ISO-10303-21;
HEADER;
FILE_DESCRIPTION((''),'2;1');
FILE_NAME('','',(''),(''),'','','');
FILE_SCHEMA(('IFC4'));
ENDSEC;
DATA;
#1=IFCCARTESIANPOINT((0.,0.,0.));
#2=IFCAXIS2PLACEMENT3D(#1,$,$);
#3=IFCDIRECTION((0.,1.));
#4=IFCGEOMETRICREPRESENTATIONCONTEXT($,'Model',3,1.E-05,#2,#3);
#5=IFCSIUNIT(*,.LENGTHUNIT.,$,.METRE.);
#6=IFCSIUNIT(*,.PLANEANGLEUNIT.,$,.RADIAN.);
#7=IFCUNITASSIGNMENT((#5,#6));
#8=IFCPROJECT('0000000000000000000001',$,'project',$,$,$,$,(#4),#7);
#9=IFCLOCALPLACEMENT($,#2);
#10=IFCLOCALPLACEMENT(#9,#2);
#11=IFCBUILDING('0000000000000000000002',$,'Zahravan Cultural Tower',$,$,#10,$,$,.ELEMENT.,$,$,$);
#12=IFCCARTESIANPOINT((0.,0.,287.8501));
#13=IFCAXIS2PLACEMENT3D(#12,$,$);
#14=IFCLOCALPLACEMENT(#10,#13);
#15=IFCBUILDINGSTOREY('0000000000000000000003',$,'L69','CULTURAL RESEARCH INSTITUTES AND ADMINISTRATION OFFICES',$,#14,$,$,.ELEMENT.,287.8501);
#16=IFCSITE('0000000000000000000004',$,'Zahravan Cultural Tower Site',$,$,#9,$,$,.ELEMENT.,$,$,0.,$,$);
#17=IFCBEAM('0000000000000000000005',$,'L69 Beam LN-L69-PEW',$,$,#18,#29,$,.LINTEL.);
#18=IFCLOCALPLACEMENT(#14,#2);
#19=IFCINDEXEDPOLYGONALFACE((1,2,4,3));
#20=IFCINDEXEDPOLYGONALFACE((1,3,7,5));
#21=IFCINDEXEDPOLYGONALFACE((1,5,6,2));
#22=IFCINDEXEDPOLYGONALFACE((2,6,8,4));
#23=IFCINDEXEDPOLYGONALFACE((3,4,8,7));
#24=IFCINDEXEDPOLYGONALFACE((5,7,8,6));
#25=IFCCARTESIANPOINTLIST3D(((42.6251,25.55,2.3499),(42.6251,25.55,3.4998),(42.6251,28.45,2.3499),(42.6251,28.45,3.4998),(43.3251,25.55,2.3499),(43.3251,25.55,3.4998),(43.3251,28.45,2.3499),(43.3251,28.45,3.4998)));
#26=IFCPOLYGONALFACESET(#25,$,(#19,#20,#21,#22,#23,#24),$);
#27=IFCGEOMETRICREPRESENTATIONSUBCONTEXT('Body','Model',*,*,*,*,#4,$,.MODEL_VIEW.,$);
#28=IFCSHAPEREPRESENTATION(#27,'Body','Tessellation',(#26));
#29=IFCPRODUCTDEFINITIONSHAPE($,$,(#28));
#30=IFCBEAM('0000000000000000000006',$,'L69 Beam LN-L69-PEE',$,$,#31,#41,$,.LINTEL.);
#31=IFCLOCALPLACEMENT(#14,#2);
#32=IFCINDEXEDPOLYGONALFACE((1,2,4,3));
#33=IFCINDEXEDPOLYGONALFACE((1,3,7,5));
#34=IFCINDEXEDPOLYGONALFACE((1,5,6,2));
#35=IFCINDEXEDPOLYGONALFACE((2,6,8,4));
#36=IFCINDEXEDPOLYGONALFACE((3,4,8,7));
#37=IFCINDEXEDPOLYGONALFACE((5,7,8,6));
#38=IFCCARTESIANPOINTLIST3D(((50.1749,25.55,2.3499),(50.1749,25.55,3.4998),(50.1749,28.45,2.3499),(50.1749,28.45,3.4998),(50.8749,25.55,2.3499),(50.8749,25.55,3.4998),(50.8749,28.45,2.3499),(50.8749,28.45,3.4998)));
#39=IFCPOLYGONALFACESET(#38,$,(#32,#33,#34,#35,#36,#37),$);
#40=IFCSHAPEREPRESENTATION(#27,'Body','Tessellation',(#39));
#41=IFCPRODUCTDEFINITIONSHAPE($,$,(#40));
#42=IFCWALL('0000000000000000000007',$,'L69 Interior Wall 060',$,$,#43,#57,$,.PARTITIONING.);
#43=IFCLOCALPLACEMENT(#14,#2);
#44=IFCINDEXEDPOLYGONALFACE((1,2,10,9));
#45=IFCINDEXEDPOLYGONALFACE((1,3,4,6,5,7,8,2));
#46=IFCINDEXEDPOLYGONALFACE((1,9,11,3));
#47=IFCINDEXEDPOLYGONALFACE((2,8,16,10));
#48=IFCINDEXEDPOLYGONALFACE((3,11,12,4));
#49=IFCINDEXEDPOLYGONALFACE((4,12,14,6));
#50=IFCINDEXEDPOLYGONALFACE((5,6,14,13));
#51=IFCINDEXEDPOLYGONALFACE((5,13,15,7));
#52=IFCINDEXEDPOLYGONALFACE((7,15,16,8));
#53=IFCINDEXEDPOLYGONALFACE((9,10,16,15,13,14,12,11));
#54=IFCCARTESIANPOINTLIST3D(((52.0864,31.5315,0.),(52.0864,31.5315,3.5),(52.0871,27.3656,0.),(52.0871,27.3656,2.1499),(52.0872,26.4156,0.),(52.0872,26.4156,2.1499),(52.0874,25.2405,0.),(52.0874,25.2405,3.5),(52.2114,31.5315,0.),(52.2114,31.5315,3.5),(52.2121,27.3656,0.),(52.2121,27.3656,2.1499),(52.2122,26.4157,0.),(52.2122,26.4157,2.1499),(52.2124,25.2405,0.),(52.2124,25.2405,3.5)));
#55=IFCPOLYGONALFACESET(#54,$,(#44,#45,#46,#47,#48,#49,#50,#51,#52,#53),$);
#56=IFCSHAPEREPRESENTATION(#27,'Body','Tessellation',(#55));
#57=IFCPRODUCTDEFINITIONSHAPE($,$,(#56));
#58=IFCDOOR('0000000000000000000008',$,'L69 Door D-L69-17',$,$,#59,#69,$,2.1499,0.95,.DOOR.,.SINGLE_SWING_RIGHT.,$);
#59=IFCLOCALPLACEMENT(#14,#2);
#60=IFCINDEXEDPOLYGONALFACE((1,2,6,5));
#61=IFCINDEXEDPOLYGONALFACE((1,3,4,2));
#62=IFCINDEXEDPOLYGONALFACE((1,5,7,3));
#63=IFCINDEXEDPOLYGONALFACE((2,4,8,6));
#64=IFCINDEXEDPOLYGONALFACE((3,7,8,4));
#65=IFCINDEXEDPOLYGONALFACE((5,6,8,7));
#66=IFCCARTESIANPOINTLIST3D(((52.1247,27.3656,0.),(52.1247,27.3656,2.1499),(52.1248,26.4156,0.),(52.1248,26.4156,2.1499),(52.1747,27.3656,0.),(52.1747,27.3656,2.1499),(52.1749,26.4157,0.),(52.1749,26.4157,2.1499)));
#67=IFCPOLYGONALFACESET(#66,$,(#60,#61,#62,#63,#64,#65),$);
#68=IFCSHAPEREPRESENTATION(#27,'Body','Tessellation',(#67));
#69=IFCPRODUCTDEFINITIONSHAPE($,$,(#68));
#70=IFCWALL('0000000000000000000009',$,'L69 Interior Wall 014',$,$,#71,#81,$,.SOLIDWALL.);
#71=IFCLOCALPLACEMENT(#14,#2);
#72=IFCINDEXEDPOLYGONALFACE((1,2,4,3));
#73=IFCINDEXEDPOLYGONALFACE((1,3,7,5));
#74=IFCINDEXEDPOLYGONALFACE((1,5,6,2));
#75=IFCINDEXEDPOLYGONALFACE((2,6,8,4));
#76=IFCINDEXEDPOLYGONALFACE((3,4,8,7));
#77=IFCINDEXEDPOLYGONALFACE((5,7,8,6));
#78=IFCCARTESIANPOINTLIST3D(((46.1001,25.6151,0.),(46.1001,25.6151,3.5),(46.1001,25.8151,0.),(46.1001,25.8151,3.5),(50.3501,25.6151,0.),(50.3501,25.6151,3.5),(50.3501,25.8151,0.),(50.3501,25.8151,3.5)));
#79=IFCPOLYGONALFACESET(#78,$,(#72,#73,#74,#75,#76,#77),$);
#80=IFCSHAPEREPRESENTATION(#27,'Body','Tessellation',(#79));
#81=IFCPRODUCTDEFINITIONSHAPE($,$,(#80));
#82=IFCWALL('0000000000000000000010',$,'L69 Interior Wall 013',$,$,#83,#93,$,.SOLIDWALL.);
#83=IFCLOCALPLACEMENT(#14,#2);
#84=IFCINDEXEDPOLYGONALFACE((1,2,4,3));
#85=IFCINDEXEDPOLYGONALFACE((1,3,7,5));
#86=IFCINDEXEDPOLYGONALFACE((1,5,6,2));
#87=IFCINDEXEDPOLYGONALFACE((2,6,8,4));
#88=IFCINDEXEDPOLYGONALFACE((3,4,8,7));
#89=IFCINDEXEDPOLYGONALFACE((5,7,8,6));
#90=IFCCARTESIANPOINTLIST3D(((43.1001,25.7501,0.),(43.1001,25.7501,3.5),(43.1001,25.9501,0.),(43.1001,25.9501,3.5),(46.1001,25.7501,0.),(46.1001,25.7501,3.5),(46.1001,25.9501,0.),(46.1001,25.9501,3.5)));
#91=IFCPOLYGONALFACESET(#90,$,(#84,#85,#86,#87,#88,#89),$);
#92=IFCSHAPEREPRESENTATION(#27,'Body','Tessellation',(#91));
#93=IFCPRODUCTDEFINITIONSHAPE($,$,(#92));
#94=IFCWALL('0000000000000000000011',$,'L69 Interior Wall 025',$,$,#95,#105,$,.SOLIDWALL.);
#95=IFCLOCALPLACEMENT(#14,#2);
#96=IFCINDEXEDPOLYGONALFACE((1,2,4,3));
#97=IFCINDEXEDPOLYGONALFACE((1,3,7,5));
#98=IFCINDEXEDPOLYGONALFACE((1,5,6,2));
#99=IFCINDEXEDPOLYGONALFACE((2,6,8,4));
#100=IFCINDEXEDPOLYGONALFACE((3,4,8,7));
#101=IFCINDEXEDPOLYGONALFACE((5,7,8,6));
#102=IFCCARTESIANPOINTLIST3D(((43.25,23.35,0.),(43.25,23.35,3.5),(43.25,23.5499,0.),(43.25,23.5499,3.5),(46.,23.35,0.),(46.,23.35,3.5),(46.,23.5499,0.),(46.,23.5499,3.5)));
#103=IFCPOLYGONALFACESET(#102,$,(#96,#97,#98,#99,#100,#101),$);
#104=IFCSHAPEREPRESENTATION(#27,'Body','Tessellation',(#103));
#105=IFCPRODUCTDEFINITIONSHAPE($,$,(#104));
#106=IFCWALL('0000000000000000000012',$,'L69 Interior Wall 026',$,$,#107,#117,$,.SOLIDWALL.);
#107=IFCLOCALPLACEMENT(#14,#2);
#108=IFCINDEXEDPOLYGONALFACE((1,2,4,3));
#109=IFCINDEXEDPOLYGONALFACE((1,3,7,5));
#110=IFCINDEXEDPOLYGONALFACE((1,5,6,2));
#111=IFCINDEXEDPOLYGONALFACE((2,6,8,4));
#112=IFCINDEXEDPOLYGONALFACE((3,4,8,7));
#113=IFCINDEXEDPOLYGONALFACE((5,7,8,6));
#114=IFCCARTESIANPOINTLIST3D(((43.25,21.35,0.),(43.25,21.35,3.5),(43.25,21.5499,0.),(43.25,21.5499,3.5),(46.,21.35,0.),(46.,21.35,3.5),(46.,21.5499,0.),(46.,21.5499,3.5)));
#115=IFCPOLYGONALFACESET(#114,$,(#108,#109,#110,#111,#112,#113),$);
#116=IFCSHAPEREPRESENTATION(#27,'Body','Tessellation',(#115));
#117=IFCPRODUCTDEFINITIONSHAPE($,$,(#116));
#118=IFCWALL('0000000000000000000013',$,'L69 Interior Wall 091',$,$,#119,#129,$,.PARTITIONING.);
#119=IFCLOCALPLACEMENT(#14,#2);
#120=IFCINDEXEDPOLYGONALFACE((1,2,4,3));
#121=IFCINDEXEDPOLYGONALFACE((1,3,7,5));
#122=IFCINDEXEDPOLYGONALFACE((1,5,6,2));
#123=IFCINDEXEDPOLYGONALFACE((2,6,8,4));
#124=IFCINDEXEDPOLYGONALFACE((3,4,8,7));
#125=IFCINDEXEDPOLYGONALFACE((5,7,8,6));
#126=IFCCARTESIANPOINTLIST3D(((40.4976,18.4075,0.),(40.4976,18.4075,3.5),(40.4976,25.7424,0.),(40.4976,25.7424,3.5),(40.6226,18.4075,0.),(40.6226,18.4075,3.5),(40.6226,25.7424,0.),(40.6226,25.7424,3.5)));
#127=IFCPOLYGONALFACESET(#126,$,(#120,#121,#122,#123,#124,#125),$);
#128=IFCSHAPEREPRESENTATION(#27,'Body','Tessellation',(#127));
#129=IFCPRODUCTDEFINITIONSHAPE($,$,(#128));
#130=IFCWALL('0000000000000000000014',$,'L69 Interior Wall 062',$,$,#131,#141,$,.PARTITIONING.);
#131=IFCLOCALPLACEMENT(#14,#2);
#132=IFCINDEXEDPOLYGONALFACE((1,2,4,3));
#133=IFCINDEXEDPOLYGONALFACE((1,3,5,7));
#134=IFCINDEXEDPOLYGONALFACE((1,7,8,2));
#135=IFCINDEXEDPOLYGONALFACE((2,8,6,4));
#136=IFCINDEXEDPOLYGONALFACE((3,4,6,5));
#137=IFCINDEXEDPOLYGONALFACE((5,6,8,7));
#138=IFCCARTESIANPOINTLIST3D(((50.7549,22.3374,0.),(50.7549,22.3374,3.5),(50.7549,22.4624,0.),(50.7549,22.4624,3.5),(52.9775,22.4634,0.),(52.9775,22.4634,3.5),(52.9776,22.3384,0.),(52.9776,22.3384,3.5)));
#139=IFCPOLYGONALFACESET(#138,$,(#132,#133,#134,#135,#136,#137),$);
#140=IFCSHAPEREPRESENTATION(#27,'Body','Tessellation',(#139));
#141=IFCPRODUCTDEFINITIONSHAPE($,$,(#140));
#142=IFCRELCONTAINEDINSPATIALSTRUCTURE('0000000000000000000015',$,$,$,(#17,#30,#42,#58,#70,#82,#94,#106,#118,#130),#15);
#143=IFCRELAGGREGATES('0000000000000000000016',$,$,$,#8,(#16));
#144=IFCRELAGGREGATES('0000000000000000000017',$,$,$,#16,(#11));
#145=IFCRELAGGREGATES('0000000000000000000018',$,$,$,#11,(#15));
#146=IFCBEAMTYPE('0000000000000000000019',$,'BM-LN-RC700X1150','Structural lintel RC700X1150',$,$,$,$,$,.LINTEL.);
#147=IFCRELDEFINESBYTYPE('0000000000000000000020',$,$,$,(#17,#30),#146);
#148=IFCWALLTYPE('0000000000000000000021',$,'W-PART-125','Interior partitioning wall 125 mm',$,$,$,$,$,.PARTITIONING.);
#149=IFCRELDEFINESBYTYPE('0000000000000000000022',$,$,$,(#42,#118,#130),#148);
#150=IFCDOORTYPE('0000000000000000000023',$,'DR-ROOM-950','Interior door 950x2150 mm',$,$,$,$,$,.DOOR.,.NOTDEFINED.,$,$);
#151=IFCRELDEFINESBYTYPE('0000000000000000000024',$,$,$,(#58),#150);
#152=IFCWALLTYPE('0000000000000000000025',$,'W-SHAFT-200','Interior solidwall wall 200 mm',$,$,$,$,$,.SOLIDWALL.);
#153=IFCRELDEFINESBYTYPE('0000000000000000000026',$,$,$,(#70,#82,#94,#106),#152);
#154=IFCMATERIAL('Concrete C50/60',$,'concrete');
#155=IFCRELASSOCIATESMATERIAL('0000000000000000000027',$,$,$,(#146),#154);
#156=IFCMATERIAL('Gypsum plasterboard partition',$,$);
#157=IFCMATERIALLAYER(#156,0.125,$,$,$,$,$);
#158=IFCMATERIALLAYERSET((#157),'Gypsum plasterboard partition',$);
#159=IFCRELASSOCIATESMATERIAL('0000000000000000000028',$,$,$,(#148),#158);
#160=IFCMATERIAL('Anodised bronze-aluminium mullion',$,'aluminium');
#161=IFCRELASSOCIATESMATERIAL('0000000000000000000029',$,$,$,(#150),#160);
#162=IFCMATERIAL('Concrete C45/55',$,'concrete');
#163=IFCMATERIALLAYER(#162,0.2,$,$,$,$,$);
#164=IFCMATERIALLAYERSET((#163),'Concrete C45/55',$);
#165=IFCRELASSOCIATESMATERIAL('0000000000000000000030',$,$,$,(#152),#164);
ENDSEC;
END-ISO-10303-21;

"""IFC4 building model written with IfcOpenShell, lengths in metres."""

from ifc_helpers import new_model, si_unit, direction, frame, frame_2d, origin, origin_2d, place, context, subcontext, project, spatial, rectangle, extrude, source, transform, mapped, material, layer, layer_set, material_profile, profile_set, type_object, element, fill, save


model = new_model("IFC4")

# Units and contexts
model_context = context("Model", 3, precision=1e-05, world=origin(), true_north=direction((0.0, 1.0)))
body_context = subcontext(model_context, "Body", "Model", "MODEL_VIEW")
ifc_project = project(units=[si_unit("LENGTHUNIT", "METRE"), si_unit("PLANEANGLEUNIT", "RADIAN")], contexts=[model_context])

# Site, building, storey
site_placement = place(None, origin())
site = spatial("IfcSite", under=ifc_project, at=site_placement, Name="Zahravan Cultural Tower Site", CompositionType="ELEMENT", RefElevation=0.0)
building_placement = place(site_placement, origin())
building = spatial("IfcBuilding", under=site, at=building_placement, Name="Zahravan Cultural Tower", CompositionType="ELEMENT")
storey_placement = place(building_placement, frame((0.0, 0.0, 287.8501)))
storey = spatial("IfcBuildingStorey", under=building, at=storey_placement, Name="L69", Description="CULTURAL RESEARCH INSTITUTES AND ADMINISTRATION OFFICES", CompositionType="ELEMENT", Elevation=287.8501)

# Beams
ifc_material_1 = material(Name="Concrete C50/60", Category="concrete")
ifc_material_profile = material_profile(ifc_material_1, rectangle(XDim=0.7, YDim=1.1499, at=origin_2d()), Name="RC700X1150")
ifc_profile_set = profile_set([ifc_material_profile], Name="Concrete C50/60")
beam_type = type_object("IfcBeamType", Name="BM-LN-RC700X1150", Description="Structural lintel RC700X1150", PredefinedType="LINTEL", material=ifc_profile_set)
shared_shape_1 = source(origin(), body_context, "Body", "SweptSolid", [
    extrude(rectangle(XDim=0.7, YDim=1.1499, at=origin_2d()), origin(), (0.0, 0.0, 1.0), 2.8999),
])
for number, where, z_axis, x_axis, name in (
    (1, (42.9751, 25.55, 2.9248), (0.0, 1.0, 0.0), (-1.0, 0.0, 0.0), "L69 Beam LN-L69-PEW"),
    (2, (50.5249, 25.55, 2.9248), (0.0, 1.0, 0.0), (-1.0, 0.0, 0.0), "L69 Beam LN-L69-PEE"),
):
    element("IfcBeam", number, at=place(storey_placement, frame(where, z_axis=z_axis, x_axis=x_axis)), inside=storey, type_object=beam_type, Name=name, PredefinedType="LINTEL", context=body_context, shape_type="MappedRepresentation", body=[
        mapped(shared_shape_1, transform((0.0, 0.0, 0.0), x_axis=(1.0, 0.0, 0.0), y_axis=(0.0, 1.0, 0.0), z_axis=(0.0, 0.0, 1.0), scale=1.0)),
    ])

# Wall, opening, door
ifc_material_2 = material(Name="Gypsum plasterboard partition")
ifc_layer_1 = layer(ifc_material_2, 0.125)
ifc_layer_set_1 = layer_set([ifc_layer_1], Name="Gypsum plasterboard partition")
wall_type_1 = type_object("IfcWallType", Name="W-PART-125", Description="Interior partitioning wall 125 mm", PredefinedType="PARTITIONING", material=ifc_layer_set_1)
wall_1_placement = place(storey_placement, frame((52.1499, 25.2405, 0.0), z_axis=(0.0, 0.0, 1.0), x_axis=(-0.000155, 1.0, 0.0)))
wall_1 = element("IfcWall", 3, at=wall_1_placement, inside=storey, type_object=wall_type_1, Name="L69 Interior Wall 060", PredefinedType="PARTITIONING", context=body_context, shape_type="SweptSolid", body=[
    extrude(rectangle(XDim=6.291, YDim=0.125, at=frame_2d((3.1455, 0.0))), origin(), (0.0, 0.0, 1.0), 3.5),
])
opening_1_placement = place(wall_1_placement, frame((1.175, 0.0, 0.0)))
opening_1 = element("IfcOpeningElement", 4, at=opening_1_placement, cuts=wall_1, PredefinedType="OPENING", context=body_context, shape_type="SweptSolid", body=[
    extrude(rectangle(XDim=0.95, YDim=2.1499, at=frame_2d((0.4751, 1.075))), frame((0.0, 0.0725, 0.0), z_axis=(0.0, -1.0, 0.0), x_axis=(1.0, 0.0, 0.0)), (0.0, 0.0, 1.0), 0.145),
])
ifc_material_3 = material(Name="Anodised bronze-aluminium mullion", Category="aluminium")
door_type = type_object("IfcDoorType", Name="DR-ROOM-950", Description="Interior door 950x2150 mm", OperationType="NOTDEFINED", PredefinedType="DOOR", material=ifc_material_3)
shared_shape_2 = source(origin(), body_context, "Body", "SweptSolid", [
    extrude(rectangle(XDim=0.95, YDim=2.1499, at=frame_2d((0.4751, 1.075))), frame((0.0, 0.0249, 0.0), z_axis=(0.0, -1.0, 0.0), x_axis=(1.0, 0.0, 0.0)), (0.0, 0.0, 1.0), 0.05),
])
door_1_placement = place(opening_1_placement, origin())
door_1 = element("IfcDoor", 5, at=door_1_placement, inside=storey, type_object=door_type, Name="L69 Door D-L69-17", OperationType="SINGLE_SWING_RIGHT", OverallHeight=2.1499, OverallWidth=0.95, PredefinedType="DOOR", context=body_context, shape_type="MappedRepresentation", body=[
    mapped(shared_shape_2, transform((0.0, 0.0, 0.0), x_axis=(1.0, 0.0, 0.0), y_axis=(0.0, 1.0, 0.0), z_axis=(0.0, 0.0, 1.0), scale=1.0)),
])
fill(opening_1, door_1)

# Walls
ifc_material_4 = material(Name="Concrete C45/55", Category="concrete")
ifc_layer_2 = layer(ifc_material_4, 0.2)
ifc_layer_set_2 = layer_set([ifc_layer_2], Name="Concrete C45/55")
wall_type_2 = type_object("IfcWallType", Name="W-SHAFT-200", Description="Interior solidwall wall 200 mm", PredefinedType="SOLIDWALL", material=ifc_layer_set_2)
shared_shape_3 = source(origin(), body_context, "Body", "SweptSolid", [
    extrude(rectangle(XDim=4.25, YDim=0.2, at=frame_2d((2.125, 0.0))), origin(), (0.0, 0.0, 1.0), 3.5),
])
wall_2_placement = place(storey_placement, frame((46.1001, 25.7151, 0.0), z_axis=(0.0, 0.0, 1.0), x_axis=(1.0, 0.0, 0.0)))
element("IfcWall", 6, at=wall_2_placement, inside=storey, type_object=wall_type_2, Name="L69 Interior Wall 014", PredefinedType="SOLIDWALL", context=body_context, shape_type="MappedRepresentation", body=[
    mapped(shared_shape_3, transform((0.0, 0.0, 0.0), x_axis=(1.0, 0.0, 0.0), y_axis=(0.0, 1.0, 0.0), z_axis=(0.0, 0.0, 1.0), scale=1.0)),
])
shared_shape_4 = source(origin(), body_context, "Body", "SweptSolid", [
    extrude(rectangle(XDim=3.0, YDim=0.2, at=frame_2d((1.5, 0.0))), origin(), (0.0, 0.0, 1.0), 3.5),
])
wall_3_placement = place(storey_placement, frame((43.1001, 25.8501, 0.0), z_axis=(0.0, 0.0, 1.0), x_axis=(1.0, 0.0, 0.0)))
element("IfcWall", 7, at=wall_3_placement, inside=storey, type_object=wall_type_2, Name="L69 Interior Wall 013", PredefinedType="SOLIDWALL", context=body_context, shape_type="MappedRepresentation", body=[
    mapped(shared_shape_4, transform((0.0, 0.0, 0.0), x_axis=(1.0, 0.0, 0.0), y_axis=(0.0, 1.0, 0.0), z_axis=(0.0, 0.0, 1.0), scale=1.0)),
])
shared_shape_5 = source(origin(), body_context, "Body", "SweptSolid", [
    extrude(rectangle(XDim=2.75, YDim=0.2, at=frame_2d((1.375, 0.0))), origin(), (0.0, 0.0, 1.0), 3.5),
])
for number, where, z_axis, x_axis, name in (
    (8, (43.25, 23.45, 0.0), (0.0, 0.0, 1.0), (1.0, 0.0, 0.0), "L69 Interior Wall 025"),
    (9, (43.25, 21.45, 0.0), (0.0, 0.0, 1.0), (1.0, 0.0, 0.0), "L69 Interior Wall 026"),
):
    element("IfcWall", number, at=place(storey_placement, frame(where, z_axis=z_axis, x_axis=x_axis)), inside=storey, type_object=wall_type_2, Name=name, PredefinedType="SOLIDWALL", context=body_context, shape_type="MappedRepresentation", body=[
        mapped(shared_shape_5, transform((0.0, 0.0, 0.0), x_axis=(1.0, 0.0, 0.0), y_axis=(0.0, 1.0, 0.0), z_axis=(0.0, 0.0, 1.0), scale=1.0)),
    ])
shared_shape_6 = source(origin(), body_context, "Body", "SweptSolid", [
    extrude(rectangle(XDim=7.335, YDim=0.125, at=frame_2d((3.6675, 0.0))), origin(), (0.0, 0.0, 1.0), 3.5),
])
wall_4_placement = place(storey_placement, frame((40.5601, 25.7424, 0.0), z_axis=(0.0, 0.0, 1.0), x_axis=(0.0, -1.0, 0.0)))
element("IfcWall", 10, at=wall_4_placement, inside=storey, type_object=wall_type_1, Name="L69 Interior Wall 091", PredefinedType="PARTITIONING", context=body_context, shape_type="MappedRepresentation", body=[
    mapped(shared_shape_6, transform((0.0, 0.0, 0.0), x_axis=(1.0, 0.0, 0.0), y_axis=(0.0, 1.0, 0.0), z_axis=(0.0, 0.0, 1.0), scale=1.0)),
])
shared_shape_7 = source(origin(), body_context, "Body", "SweptSolid", [
    extrude(rectangle(XDim=2.2227, YDim=0.125, at=frame_2d((1.1113, 0.0))), origin(), (0.0, 0.0, 1.0), 3.5),
])
wall_5_placement = place(storey_placement, frame((50.7549, 22.3999, 0.0), z_axis=(0.0, 0.0, 1.0), x_axis=(1.0, 0.000439, 0.0)))
element("IfcWall", 11, at=wall_5_placement, inside=storey, type_object=wall_type_1, Name="L69 Interior Wall 062", PredefinedType="PARTITIONING", context=body_context, shape_type="MappedRepresentation", body=[
    mapped(shared_shape_7, transform((0.0, 0.0, 0.0), x_axis=(1.0, 0.0, 0.0), y_axis=(0.0, 1.0, 0.0), z_axis=(0.0, 0.0, 1.0), scale=1.0)),
])

save(model, "model.ifc")
